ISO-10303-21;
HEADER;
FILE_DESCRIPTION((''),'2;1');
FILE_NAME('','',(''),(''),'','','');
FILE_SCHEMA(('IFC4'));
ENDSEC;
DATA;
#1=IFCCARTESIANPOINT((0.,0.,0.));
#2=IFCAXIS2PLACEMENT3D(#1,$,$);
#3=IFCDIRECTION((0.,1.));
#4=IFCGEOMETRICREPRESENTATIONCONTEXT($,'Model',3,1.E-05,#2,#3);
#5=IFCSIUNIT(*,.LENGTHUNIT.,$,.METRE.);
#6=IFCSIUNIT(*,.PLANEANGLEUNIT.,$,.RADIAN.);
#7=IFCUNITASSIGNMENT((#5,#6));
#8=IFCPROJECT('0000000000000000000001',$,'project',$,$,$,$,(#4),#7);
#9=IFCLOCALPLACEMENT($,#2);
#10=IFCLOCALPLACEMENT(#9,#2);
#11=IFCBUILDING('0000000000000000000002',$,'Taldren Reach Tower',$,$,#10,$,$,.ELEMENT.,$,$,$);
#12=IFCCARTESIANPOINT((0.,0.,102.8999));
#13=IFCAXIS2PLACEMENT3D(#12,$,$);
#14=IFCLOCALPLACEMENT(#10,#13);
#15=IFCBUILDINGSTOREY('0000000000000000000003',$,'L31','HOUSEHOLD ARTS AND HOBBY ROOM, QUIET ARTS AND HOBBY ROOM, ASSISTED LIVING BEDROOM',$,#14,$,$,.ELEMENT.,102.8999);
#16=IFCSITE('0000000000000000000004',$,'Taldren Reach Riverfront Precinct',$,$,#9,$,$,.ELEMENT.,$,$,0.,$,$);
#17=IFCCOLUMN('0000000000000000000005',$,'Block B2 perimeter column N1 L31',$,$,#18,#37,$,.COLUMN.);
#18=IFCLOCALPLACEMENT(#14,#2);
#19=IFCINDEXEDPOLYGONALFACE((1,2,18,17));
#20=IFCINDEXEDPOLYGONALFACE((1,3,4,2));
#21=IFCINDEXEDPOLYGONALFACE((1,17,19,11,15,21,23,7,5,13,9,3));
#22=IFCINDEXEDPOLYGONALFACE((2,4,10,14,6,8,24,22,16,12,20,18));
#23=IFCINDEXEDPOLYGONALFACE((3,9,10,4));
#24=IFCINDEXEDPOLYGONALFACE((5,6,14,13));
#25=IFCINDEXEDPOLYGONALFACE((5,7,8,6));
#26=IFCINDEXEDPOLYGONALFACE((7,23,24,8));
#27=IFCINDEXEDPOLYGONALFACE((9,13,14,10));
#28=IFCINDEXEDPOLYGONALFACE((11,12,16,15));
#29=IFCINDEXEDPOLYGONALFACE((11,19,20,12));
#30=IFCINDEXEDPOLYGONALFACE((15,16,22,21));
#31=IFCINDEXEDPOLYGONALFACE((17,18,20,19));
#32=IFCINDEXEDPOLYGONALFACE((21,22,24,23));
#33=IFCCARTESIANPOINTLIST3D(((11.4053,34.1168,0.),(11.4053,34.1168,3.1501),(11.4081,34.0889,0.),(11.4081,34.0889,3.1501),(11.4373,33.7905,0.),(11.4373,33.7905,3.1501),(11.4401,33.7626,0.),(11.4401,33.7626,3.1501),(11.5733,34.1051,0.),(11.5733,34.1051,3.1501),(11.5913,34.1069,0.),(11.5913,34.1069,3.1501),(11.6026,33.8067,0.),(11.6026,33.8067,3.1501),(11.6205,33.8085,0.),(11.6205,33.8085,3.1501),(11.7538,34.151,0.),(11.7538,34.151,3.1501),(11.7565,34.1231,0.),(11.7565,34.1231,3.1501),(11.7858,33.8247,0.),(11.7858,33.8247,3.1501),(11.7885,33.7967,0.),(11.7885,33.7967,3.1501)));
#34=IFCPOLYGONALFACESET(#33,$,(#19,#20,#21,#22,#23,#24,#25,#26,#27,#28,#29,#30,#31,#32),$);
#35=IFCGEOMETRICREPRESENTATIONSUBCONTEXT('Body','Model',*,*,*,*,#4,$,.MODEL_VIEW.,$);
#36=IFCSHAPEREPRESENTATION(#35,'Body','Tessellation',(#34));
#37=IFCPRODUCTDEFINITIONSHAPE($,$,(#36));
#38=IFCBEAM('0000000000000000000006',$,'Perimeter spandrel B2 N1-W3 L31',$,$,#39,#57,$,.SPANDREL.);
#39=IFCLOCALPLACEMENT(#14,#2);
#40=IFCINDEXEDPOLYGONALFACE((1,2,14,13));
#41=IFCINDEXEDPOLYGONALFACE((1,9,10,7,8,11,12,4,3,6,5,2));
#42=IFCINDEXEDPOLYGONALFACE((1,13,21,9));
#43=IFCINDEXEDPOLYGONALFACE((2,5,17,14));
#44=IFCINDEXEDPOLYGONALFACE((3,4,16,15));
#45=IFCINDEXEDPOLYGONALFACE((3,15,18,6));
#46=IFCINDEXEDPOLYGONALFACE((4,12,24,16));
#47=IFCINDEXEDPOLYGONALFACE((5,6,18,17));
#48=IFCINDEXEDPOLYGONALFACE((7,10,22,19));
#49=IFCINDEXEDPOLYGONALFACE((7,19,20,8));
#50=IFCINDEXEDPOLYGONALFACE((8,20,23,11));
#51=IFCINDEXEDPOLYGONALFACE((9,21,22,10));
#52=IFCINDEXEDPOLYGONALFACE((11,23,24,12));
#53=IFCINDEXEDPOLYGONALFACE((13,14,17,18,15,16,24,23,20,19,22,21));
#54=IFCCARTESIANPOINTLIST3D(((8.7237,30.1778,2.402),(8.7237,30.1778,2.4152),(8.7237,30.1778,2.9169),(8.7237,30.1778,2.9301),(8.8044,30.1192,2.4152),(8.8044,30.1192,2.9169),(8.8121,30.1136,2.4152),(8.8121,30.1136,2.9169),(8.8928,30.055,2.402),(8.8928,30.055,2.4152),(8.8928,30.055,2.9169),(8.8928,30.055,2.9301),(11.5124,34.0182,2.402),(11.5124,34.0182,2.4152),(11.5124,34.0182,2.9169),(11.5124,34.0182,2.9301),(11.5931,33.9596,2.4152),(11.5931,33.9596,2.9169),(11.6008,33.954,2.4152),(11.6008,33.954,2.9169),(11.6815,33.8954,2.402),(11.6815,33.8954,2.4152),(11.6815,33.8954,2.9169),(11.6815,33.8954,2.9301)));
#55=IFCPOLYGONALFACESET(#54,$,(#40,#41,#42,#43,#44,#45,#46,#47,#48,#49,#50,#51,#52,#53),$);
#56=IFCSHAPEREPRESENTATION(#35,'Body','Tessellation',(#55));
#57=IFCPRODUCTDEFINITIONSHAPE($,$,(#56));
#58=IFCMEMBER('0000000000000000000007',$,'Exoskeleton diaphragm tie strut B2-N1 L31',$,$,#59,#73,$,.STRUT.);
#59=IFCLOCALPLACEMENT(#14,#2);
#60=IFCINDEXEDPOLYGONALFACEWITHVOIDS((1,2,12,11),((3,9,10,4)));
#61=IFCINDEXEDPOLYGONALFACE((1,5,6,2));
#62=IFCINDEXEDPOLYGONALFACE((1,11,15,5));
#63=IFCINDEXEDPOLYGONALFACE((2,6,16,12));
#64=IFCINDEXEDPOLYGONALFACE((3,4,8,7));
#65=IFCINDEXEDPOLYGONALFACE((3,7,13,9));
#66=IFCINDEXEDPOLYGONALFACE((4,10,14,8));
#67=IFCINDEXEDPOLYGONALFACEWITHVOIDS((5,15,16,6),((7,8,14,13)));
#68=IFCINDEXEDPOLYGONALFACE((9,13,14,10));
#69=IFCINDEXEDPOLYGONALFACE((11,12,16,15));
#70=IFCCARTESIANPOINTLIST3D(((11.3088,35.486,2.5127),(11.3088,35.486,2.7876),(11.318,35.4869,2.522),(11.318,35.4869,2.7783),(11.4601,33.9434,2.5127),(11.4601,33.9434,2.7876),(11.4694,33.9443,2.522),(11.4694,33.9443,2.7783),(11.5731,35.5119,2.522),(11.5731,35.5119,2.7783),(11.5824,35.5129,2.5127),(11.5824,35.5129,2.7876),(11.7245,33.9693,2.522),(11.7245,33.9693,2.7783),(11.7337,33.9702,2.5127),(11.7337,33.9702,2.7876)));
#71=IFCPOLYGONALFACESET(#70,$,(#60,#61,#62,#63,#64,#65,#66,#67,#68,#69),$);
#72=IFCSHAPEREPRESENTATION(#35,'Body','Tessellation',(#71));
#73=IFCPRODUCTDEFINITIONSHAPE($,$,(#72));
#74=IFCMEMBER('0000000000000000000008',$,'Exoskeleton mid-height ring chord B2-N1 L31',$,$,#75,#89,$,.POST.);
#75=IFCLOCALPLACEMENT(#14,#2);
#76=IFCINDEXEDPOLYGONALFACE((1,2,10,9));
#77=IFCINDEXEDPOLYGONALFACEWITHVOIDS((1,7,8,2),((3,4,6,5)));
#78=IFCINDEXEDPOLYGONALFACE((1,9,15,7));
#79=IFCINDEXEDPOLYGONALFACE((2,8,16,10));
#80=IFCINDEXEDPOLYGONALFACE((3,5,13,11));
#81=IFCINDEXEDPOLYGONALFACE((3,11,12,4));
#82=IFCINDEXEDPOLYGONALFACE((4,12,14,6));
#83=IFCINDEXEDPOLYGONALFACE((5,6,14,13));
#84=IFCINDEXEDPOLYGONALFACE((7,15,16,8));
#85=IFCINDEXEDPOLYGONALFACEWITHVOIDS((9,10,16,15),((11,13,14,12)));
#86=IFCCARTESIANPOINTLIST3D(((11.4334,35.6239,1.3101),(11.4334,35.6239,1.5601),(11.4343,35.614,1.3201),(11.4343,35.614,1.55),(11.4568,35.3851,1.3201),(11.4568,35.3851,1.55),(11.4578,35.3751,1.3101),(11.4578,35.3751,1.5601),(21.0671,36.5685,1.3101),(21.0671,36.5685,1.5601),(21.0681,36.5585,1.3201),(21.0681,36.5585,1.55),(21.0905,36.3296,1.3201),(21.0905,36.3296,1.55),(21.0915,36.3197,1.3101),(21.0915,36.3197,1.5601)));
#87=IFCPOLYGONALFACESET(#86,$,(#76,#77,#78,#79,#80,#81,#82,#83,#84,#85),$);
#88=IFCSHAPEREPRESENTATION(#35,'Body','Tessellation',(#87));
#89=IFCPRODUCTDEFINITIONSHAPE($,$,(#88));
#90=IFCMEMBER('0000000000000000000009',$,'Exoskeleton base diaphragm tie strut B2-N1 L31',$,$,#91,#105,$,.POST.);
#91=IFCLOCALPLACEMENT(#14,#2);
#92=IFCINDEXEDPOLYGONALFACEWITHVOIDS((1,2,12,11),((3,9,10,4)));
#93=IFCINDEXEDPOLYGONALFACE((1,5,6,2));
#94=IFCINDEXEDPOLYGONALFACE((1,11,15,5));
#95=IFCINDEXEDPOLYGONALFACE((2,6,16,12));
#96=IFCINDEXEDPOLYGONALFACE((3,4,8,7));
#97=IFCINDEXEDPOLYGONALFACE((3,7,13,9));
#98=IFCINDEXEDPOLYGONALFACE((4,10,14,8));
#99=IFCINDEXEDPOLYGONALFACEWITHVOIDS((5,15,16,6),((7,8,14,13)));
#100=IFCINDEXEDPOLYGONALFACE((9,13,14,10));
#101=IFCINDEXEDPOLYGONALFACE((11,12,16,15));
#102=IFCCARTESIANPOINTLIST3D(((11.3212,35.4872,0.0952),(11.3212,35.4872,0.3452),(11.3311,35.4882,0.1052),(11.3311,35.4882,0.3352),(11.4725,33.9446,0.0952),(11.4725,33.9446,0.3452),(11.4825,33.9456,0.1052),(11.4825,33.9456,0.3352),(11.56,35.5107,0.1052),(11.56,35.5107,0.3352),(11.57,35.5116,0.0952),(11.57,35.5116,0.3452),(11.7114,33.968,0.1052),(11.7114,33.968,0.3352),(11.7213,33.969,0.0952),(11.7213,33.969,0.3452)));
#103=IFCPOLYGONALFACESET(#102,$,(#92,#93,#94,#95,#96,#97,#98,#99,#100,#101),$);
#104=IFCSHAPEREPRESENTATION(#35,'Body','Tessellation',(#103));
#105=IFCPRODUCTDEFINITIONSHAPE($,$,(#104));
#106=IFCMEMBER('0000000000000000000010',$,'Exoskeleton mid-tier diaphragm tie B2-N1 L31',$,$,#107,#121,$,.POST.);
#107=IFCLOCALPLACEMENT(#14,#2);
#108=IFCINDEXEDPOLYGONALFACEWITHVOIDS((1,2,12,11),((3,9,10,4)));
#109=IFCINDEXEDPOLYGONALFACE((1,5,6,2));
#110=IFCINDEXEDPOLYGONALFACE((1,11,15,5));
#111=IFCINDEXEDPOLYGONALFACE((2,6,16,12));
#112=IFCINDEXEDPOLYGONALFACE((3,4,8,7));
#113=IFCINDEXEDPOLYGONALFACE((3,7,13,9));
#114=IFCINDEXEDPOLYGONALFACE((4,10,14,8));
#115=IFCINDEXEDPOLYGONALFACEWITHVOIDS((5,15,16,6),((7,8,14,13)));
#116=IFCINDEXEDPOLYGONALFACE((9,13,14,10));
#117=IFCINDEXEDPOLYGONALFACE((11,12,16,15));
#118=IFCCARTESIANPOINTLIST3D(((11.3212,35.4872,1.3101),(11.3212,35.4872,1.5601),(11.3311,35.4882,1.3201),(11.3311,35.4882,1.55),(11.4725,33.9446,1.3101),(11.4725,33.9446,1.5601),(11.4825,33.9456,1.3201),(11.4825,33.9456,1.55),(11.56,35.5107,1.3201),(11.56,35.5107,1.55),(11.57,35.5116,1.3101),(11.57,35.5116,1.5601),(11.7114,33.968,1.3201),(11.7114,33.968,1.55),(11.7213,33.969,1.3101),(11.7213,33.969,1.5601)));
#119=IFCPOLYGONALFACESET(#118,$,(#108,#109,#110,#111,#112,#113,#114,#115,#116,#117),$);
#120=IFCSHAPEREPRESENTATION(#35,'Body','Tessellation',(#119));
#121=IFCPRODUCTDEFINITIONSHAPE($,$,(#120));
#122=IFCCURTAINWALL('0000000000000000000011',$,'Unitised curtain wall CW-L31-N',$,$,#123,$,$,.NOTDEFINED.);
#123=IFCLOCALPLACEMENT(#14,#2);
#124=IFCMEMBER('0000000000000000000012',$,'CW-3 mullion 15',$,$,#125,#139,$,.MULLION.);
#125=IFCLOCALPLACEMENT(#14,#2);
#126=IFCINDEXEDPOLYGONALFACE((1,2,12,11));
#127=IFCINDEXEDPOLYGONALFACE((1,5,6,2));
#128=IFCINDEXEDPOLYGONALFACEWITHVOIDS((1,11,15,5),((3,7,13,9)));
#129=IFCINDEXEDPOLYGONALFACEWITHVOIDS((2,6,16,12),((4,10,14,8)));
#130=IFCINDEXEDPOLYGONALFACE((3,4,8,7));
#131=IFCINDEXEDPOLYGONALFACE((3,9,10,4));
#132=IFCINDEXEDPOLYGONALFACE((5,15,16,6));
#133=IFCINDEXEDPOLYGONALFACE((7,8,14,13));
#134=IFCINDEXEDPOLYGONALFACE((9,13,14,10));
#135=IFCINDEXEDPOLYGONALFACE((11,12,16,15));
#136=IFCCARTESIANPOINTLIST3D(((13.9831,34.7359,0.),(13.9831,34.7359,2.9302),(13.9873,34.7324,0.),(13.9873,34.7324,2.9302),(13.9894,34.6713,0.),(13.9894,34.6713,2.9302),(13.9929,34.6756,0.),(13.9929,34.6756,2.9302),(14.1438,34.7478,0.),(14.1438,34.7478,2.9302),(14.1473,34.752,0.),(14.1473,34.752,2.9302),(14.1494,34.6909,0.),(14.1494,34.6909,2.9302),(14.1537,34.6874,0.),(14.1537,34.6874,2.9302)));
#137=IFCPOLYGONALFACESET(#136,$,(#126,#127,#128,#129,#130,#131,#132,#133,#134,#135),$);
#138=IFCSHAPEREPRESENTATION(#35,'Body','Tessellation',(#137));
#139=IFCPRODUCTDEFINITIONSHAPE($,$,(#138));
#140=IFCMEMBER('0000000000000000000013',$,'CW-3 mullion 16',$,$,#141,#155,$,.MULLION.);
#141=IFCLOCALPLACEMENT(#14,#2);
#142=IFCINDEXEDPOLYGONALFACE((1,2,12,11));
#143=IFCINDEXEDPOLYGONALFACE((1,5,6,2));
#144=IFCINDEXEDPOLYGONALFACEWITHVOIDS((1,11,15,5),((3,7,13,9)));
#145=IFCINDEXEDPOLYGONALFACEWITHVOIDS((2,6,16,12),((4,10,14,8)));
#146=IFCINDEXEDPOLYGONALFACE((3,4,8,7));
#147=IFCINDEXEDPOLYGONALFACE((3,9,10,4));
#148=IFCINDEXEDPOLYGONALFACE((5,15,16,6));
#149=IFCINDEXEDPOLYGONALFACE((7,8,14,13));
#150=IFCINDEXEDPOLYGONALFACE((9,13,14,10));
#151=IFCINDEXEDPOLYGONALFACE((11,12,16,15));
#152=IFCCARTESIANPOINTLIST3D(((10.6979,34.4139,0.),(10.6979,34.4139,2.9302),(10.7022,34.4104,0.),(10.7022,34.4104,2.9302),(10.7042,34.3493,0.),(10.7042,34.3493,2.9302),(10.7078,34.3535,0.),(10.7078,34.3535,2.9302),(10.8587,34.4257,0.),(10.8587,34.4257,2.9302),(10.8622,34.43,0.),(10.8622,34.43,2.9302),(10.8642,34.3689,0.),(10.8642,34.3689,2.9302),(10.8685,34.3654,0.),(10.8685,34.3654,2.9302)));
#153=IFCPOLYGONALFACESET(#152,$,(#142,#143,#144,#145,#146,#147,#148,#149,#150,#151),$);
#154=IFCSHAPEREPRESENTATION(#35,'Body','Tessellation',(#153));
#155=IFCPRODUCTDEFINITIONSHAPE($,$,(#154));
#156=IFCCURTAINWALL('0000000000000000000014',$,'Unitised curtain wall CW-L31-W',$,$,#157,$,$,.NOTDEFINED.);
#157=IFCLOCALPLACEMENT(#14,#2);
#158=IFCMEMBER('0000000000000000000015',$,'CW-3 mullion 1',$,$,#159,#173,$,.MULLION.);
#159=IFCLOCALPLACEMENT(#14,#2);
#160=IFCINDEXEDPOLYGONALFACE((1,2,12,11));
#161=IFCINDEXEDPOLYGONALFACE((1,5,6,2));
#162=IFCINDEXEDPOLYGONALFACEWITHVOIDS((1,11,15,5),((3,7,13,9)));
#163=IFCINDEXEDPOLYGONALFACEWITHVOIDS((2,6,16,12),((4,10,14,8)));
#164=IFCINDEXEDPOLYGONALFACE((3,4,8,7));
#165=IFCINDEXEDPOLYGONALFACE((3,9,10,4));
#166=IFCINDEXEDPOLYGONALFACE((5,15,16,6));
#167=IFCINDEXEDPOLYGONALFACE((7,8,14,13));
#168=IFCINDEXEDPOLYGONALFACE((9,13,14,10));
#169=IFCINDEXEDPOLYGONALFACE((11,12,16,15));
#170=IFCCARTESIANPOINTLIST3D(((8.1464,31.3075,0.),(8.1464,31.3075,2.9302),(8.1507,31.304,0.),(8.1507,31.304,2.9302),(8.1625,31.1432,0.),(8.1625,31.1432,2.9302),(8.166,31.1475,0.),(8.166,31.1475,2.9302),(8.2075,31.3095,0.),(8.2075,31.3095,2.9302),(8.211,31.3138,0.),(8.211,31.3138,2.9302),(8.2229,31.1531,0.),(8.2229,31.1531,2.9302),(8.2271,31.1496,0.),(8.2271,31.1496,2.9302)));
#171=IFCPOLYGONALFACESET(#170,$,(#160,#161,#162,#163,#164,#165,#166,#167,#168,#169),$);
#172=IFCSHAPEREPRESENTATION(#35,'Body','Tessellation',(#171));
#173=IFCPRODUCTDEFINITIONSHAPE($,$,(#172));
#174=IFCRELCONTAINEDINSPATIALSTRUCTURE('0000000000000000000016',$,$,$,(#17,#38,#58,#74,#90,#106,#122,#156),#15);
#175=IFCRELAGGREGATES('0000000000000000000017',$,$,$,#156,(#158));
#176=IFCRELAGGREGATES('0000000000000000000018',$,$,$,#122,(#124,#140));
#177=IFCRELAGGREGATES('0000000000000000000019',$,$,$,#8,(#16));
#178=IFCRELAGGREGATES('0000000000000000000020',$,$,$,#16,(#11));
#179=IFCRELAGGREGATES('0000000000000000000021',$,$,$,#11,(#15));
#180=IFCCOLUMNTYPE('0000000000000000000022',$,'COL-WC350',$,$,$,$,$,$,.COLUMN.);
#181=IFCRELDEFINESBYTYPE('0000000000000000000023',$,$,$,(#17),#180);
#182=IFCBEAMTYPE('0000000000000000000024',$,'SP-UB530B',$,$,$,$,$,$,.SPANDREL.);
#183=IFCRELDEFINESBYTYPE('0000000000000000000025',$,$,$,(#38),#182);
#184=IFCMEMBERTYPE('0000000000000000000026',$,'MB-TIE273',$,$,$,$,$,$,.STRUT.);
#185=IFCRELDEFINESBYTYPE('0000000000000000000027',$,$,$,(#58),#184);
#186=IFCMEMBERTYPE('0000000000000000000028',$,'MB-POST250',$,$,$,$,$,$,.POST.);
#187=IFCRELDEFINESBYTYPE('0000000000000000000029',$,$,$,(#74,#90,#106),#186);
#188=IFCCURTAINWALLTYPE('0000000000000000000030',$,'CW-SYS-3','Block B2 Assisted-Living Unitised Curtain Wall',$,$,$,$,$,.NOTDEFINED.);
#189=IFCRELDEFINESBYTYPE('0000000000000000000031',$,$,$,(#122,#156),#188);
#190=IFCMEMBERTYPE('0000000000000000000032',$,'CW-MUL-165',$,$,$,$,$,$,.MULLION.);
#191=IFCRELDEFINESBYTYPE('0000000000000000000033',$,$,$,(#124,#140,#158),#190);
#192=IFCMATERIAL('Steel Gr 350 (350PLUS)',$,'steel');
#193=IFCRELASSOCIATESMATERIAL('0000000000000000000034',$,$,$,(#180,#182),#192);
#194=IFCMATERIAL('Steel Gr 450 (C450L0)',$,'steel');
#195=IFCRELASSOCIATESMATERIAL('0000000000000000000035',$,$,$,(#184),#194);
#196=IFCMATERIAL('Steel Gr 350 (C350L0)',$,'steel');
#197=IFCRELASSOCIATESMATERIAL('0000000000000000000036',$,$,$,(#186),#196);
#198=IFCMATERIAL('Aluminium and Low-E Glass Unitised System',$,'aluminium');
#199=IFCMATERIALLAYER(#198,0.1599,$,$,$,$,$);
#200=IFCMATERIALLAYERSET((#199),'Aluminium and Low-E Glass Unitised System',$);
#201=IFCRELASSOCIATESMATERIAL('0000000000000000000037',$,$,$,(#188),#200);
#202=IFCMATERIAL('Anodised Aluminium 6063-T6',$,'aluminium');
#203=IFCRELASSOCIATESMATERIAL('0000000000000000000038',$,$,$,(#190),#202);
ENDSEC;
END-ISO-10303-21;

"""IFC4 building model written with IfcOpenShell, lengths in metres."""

from ifc_helpers import new_model, si_unit, direction, frame, origin, origin_2d, place, context, subcontext, project, spatial, hollow_rectangle, i_section, extrude, source, transform, mapped, material, layer, layer_set, material_profile, profile_set, type_object, element, aggregate, save


model = new_model("IFC4")

# Units and contexts
model_context = context("Model", 3, precision=1e-05, world=origin(), true_north=direction((0.0, 1.0)))
body_context = subcontext(model_context, "Body", "Model", "MODEL_VIEW")
ifc_project = project(units=[si_unit("LENGTHUNIT", "METRE"), si_unit("PLANEANGLEUNIT", "RADIAN")], contexts=[model_context])

# Site, building, storey
site_placement = place(None, origin())
site = spatial("IfcSite", under=ifc_project, at=site_placement, Name="Taldren Reach Riverfront Precinct", CompositionType="ELEMENT", RefElevation=0.0)
building_placement = place(site_placement, origin())
building = spatial("IfcBuilding", under=site, at=building_placement, Name="Taldren Reach Tower", CompositionType="ELEMENT")
storey_placement = place(building_placement, frame((0.0, 0.0, 102.8999)))
storey = spatial("IfcBuildingStorey", under=building, at=storey_placement, Name="L31", Description="HOUSEHOLD ARTS AND HOBBY ROOM, QUIET ARTS AND HOBBY ROOM, ASSISTED LIVING BEDROOM", CompositionType="ELEMENT", Elevation=102.8999)

# Column
ifc_material_1 = material(Name="Steel Gr 350 (350PLUS)", Category="steel")
ifc_material_profile_1 = material_profile(ifc_material_1, i_section(OverallWidth=0.3501, OverallDepth=0.356, WebThickness=0.0181, FlangeThickness=0.0281, at=origin_2d()), Name="350WC197")
ifc_profile_set_1 = profile_set([ifc_material_profile_1], Name="Steel Gr 350 (350PLUS)")
column_type = type_object("IfcColumnType", Name="COL-WC350", PredefinedType="COLUMN", material=ifc_profile_set_1)
shared_shape_1 = source(origin(), body_context, "Body", "SweptSolid", [
    extrude(i_section(OverallWidth=0.3501, OverallDepth=0.356, WebThickness=0.0181, FlangeThickness=0.0281, at=origin_2d()), origin(), (0.0, 0.0, 1.0), 3.1501),
])
column_placement = place(storey_placement, frame((11.5969, 33.9568, 0.0), z_axis=(0.0, 0.0, 1.0), x_axis=(0.995227, 0.097583, 0.0)))
element("IfcColumn", 1, at=column_placement, inside=storey, type_object=column_type, Name="Block B2 perimeter column N1 L31", PredefinedType="COLUMN", context=body_context, shape_type="MappedRepresentation", body=[
    mapped(shared_shape_1, transform((0.0, 0.0, 0.0), scale=1.0)),
])

# Beam
ifc_material_profile_2 = material_profile(ifc_material_1, i_section(OverallWidth=0.209, OverallDepth=0.5281, WebThickness=0.0095, FlangeThickness=0.0132, at=origin_2d()), Name="530UB82.0")
ifc_profile_set_2 = profile_set([ifc_material_profile_2], Name="Steel Gr 350 (350PLUS)")
beam_type = type_object("IfcBeamType", Name="SP-UB530B", PredefinedType="SPANDREL", material=ifc_profile_set_2)
shared_shape_2 = source(origin(), body_context, "Body", "SweptSolid", [
    extrude(i_section(OverallWidth=0.209, OverallDepth=0.5281, WebThickness=0.0095, FlangeThickness=0.0132, at=origin_2d()), origin(), (0.0, 0.0, 1.0), 4.7461),
])
beam_placement = place(storey_placement, frame((11.5969, 33.9568, 2.666), z_axis=(-0.587566, -0.809176, 0.0), x_axis=(0.809176, -0.587566, 0.0)))
element("IfcBeam", 2, at=beam_placement, inside=storey, type_object=beam_type, Name="Perimeter spandrel B2 N1-W3 L31", PredefinedType="SPANDREL", context=body_context, shape_type="MappedRepresentation", body=[
    mapped(shared_shape_2, transform((0.0, 0.0, 0.0), scale=1.0)),
])

# Members
ifc_material_2 = material(Name="Steel Gr 450 (C450L0)", Category="steel")
ifc_material_profile_3 = material_profile(ifc_material_2, hollow_rectangle(XDim=0.2749, YDim=0.2749, WallThickness=0.0093, at=origin_2d()), Name="275x275x9.3SHS")
ifc_profile_set_3 = profile_set([ifc_material_profile_3], Name="Steel Gr 450 (C450L0)")
member_type_1 = type_object("IfcMemberType", Name="MB-TIE273", PredefinedType="STRUT", material=ifc_profile_set_3)
shared_shape_3 = source(origin(), body_context, "Body", "SweptSolid", [
    extrude(hollow_rectangle(XDim=0.2749, YDim=0.2749, WallThickness=0.0093, at=origin_2d()), origin(), (0.0, 0.0, 1.0), 1.55),
])
member_1_placement = place(storey_placement, frame((11.5969, 33.9568, 2.6501), z_axis=(-0.097648, 0.995221, 0.0), x_axis=(-0.995221, -0.097648, 0.0)))
element("IfcMember", 3, at=member_1_placement, inside=storey, type_object=member_type_1, Name="Exoskeleton diaphragm tie strut B2-N1 L31", PredefinedType="STRUT", context=body_context, shape_type="MappedRepresentation", body=[
    mapped(shared_shape_3, transform((0.0, 0.0, 0.0), scale=1.0)),
])
ifc_material_3 = material(Name="Steel Gr 350 (C350L0)", Category="steel")
ifc_material_profile_4 = material_profile(ifc_material_3, hollow_rectangle(XDim=0.25, YDim=0.25, WallThickness=0.01, at=origin_2d()), Name="250x250x10.0SHS")
ifc_profile_set_4 = profile_set([ifc_material_profile_4], Name="Steel Gr 350 (C350L0)")
member_type_2 = type_object("IfcMemberType", Name="MB-POST250", PredefinedType="POST", material=ifc_profile_set_4)
shared_shape_4 = source(origin(), body_context, "Body", "SweptSolid", [
    extrude(hollow_rectangle(XDim=0.25, YDim=0.25, WallThickness=0.01, at=origin_2d()), origin(), (0.0, 0.0, 1.0), 9.6799),
])
member_2_placement = place(storey_placement, frame((11.4456, 35.4995, 1.4351), z_axis=(0.995228, 0.097581, 0.0), x_axis=(-0.097581, 0.995228, 0.0)))
element("IfcMember", 4, at=member_2_placement, inside=storey, type_object=member_type_2, Name="Exoskeleton mid-height ring chord B2-N1 L31", PredefinedType="POST", context=body_context, shape_type="MappedRepresentation", body=[
    mapped(shared_shape_4, transform((0.0, 0.0, 0.0), scale=1.0)),
])
shared_shape_5 = source(origin(), body_context, "Body", "SweptSolid", [
    extrude(hollow_rectangle(XDim=0.25, YDim=0.25, WallThickness=0.01, at=origin_2d()), origin(), (0.0, 0.0, 1.0), 1.55),
])
for number, where, z_axis, x_axis, name in (
    (5, (11.5969, 33.9568, 0.2202), (-0.097648, 0.995221, 0.0), (-0.995221, -0.097648, 0.0), "Exoskeleton base diaphragm tie strut B2-N1 L31"),
    (6, (11.5969, 33.9568, 1.4351), (-0.097648, 0.995221, 0.0), (-0.995221, -0.097648, 0.0), "Exoskeleton mid-tier diaphragm tie B2-N1 L31"),
):
    element("IfcMember", number, at=place(storey_placement, frame(where, z_axis=z_axis, x_axis=x_axis)), inside=storey, type_object=member_type_2, Name=name, PredefinedType="POST", context=body_context, shape_type="MappedRepresentation", body=[
        mapped(shared_shape_5, transform((0.0, 0.0, 0.0), scale=1.0)),
    ])

# Curtain wall, members
ifc_material_4 = material(Name="Aluminium and Low-E Glass Unitised System", Category="aluminium")
ifc_layer_1 = layer(ifc_material_4, 0.1599)
ifc_layer_set_1 = layer_set([ifc_layer_1], Name="Aluminium and Low-E Glass Unitised System")
curtain_wall_type = type_object("IfcCurtainWallType", Name="CW-SYS-3", Description="Block B2 Assisted-Living Unitised Curtain Wall", PredefinedType="NOTDEFINED", material=ifc_layer_set_1)
curtain_wall_1_placement = place(storey_placement, origin())
curtain_wall_1 = element("IfcCurtainWall", 7, at=curtain_wall_1_placement, inside=storey, type_object=curtain_wall_type, Name="Unitised curtain wall CW-L31-N", PredefinedType="NOTDEFINED")
ifc_material_5 = material(Name="Anodised Aluminium 6063-T6", Category="aluminium")
ifc_material_profile_5 = material_profile(ifc_material_5, hollow_rectangle(XDim=0.0649, YDim=0.165, WallThickness=0.0039, at=origin_2d()), Name="ALU-165x65x4RHS")
ifc_profile_set_5 = profile_set([ifc_material_profile_5], Name="Anodised Aluminium 6063-T6")
member_type_3 = type_object("IfcMemberType", Name="CW-MUL-165", PredefinedType="MULLION", material=ifc_profile_set_5)
shared_shape_6 = source(origin(), body_context, "Body", "SweptSolid", [
    extrude(hollow_rectangle(XDim=0.0649, YDim=0.165, WallThickness=0.0039, at=origin_2d()), origin(), (0.0, 0.0, 1.0), 2.9302),
])
member_3_placement = place(storey_placement, frame((14.0684, 34.7117, 0.0), z_axis=(0.0, 0.0, 1.0), x_axis=(0.097583, -0.995227, 0.0)))
member_3 = element("IfcMember", 8, at=member_3_placement, type_object=member_type_3, Name="CW-3 mullion 15", PredefinedType="MULLION", context=body_context, shape_type="MappedRepresentation", body=[
    mapped(shared_shape_6, transform((0.0, 0.0, 0.0), scale=1.0)),
])
member_4_placement = place(storey_placement, frame((10.7832, 34.3896, 0.0), z_axis=(0.0, 0.0, 1.0), x_axis=(0.097583, -0.995227, 0.0)))
member_4 = element("IfcMember", 9, at=member_4_placement, type_object=member_type_3, Name="CW-3 mullion 16", PredefinedType="MULLION", context=body_context, shape_type="MappedRepresentation", body=[
    mapped(shared_shape_6, transform((0.0, 0.0, 0.0), scale=1.0)),
])

# Curtain wall, member
curtain_wall_2_placement = place(storey_placement, origin())
curtain_wall_2 = element("IfcCurtainWall", 10, at=curtain_wall_2_placement, inside=storey, type_object=curtain_wall_type, Name="Unitised curtain wall CW-L31-W", PredefinedType="NOTDEFINED")
member_5_placement = place(storey_placement, frame((8.1868, 31.2285, 0.0), z_axis=(0.0, 0.0, 1.0), x_axis=(0.995227, 0.097583, 0.0)))
member_5 = element("IfcMember", 11, at=member_5_placement, type_object=member_type_3, Name="CW-3 mullion 1", PredefinedType="MULLION", context=body_context, shape_type="MappedRepresentation", body=[
    mapped(shared_shape_6, transform((0.0, 0.0, 0.0), scale=1.0)),
])

aggregate(curtain_wall_2, [member_5])

aggregate(curtain_wall_1, [member_3, member_4])

save(model, "model.ifc")
